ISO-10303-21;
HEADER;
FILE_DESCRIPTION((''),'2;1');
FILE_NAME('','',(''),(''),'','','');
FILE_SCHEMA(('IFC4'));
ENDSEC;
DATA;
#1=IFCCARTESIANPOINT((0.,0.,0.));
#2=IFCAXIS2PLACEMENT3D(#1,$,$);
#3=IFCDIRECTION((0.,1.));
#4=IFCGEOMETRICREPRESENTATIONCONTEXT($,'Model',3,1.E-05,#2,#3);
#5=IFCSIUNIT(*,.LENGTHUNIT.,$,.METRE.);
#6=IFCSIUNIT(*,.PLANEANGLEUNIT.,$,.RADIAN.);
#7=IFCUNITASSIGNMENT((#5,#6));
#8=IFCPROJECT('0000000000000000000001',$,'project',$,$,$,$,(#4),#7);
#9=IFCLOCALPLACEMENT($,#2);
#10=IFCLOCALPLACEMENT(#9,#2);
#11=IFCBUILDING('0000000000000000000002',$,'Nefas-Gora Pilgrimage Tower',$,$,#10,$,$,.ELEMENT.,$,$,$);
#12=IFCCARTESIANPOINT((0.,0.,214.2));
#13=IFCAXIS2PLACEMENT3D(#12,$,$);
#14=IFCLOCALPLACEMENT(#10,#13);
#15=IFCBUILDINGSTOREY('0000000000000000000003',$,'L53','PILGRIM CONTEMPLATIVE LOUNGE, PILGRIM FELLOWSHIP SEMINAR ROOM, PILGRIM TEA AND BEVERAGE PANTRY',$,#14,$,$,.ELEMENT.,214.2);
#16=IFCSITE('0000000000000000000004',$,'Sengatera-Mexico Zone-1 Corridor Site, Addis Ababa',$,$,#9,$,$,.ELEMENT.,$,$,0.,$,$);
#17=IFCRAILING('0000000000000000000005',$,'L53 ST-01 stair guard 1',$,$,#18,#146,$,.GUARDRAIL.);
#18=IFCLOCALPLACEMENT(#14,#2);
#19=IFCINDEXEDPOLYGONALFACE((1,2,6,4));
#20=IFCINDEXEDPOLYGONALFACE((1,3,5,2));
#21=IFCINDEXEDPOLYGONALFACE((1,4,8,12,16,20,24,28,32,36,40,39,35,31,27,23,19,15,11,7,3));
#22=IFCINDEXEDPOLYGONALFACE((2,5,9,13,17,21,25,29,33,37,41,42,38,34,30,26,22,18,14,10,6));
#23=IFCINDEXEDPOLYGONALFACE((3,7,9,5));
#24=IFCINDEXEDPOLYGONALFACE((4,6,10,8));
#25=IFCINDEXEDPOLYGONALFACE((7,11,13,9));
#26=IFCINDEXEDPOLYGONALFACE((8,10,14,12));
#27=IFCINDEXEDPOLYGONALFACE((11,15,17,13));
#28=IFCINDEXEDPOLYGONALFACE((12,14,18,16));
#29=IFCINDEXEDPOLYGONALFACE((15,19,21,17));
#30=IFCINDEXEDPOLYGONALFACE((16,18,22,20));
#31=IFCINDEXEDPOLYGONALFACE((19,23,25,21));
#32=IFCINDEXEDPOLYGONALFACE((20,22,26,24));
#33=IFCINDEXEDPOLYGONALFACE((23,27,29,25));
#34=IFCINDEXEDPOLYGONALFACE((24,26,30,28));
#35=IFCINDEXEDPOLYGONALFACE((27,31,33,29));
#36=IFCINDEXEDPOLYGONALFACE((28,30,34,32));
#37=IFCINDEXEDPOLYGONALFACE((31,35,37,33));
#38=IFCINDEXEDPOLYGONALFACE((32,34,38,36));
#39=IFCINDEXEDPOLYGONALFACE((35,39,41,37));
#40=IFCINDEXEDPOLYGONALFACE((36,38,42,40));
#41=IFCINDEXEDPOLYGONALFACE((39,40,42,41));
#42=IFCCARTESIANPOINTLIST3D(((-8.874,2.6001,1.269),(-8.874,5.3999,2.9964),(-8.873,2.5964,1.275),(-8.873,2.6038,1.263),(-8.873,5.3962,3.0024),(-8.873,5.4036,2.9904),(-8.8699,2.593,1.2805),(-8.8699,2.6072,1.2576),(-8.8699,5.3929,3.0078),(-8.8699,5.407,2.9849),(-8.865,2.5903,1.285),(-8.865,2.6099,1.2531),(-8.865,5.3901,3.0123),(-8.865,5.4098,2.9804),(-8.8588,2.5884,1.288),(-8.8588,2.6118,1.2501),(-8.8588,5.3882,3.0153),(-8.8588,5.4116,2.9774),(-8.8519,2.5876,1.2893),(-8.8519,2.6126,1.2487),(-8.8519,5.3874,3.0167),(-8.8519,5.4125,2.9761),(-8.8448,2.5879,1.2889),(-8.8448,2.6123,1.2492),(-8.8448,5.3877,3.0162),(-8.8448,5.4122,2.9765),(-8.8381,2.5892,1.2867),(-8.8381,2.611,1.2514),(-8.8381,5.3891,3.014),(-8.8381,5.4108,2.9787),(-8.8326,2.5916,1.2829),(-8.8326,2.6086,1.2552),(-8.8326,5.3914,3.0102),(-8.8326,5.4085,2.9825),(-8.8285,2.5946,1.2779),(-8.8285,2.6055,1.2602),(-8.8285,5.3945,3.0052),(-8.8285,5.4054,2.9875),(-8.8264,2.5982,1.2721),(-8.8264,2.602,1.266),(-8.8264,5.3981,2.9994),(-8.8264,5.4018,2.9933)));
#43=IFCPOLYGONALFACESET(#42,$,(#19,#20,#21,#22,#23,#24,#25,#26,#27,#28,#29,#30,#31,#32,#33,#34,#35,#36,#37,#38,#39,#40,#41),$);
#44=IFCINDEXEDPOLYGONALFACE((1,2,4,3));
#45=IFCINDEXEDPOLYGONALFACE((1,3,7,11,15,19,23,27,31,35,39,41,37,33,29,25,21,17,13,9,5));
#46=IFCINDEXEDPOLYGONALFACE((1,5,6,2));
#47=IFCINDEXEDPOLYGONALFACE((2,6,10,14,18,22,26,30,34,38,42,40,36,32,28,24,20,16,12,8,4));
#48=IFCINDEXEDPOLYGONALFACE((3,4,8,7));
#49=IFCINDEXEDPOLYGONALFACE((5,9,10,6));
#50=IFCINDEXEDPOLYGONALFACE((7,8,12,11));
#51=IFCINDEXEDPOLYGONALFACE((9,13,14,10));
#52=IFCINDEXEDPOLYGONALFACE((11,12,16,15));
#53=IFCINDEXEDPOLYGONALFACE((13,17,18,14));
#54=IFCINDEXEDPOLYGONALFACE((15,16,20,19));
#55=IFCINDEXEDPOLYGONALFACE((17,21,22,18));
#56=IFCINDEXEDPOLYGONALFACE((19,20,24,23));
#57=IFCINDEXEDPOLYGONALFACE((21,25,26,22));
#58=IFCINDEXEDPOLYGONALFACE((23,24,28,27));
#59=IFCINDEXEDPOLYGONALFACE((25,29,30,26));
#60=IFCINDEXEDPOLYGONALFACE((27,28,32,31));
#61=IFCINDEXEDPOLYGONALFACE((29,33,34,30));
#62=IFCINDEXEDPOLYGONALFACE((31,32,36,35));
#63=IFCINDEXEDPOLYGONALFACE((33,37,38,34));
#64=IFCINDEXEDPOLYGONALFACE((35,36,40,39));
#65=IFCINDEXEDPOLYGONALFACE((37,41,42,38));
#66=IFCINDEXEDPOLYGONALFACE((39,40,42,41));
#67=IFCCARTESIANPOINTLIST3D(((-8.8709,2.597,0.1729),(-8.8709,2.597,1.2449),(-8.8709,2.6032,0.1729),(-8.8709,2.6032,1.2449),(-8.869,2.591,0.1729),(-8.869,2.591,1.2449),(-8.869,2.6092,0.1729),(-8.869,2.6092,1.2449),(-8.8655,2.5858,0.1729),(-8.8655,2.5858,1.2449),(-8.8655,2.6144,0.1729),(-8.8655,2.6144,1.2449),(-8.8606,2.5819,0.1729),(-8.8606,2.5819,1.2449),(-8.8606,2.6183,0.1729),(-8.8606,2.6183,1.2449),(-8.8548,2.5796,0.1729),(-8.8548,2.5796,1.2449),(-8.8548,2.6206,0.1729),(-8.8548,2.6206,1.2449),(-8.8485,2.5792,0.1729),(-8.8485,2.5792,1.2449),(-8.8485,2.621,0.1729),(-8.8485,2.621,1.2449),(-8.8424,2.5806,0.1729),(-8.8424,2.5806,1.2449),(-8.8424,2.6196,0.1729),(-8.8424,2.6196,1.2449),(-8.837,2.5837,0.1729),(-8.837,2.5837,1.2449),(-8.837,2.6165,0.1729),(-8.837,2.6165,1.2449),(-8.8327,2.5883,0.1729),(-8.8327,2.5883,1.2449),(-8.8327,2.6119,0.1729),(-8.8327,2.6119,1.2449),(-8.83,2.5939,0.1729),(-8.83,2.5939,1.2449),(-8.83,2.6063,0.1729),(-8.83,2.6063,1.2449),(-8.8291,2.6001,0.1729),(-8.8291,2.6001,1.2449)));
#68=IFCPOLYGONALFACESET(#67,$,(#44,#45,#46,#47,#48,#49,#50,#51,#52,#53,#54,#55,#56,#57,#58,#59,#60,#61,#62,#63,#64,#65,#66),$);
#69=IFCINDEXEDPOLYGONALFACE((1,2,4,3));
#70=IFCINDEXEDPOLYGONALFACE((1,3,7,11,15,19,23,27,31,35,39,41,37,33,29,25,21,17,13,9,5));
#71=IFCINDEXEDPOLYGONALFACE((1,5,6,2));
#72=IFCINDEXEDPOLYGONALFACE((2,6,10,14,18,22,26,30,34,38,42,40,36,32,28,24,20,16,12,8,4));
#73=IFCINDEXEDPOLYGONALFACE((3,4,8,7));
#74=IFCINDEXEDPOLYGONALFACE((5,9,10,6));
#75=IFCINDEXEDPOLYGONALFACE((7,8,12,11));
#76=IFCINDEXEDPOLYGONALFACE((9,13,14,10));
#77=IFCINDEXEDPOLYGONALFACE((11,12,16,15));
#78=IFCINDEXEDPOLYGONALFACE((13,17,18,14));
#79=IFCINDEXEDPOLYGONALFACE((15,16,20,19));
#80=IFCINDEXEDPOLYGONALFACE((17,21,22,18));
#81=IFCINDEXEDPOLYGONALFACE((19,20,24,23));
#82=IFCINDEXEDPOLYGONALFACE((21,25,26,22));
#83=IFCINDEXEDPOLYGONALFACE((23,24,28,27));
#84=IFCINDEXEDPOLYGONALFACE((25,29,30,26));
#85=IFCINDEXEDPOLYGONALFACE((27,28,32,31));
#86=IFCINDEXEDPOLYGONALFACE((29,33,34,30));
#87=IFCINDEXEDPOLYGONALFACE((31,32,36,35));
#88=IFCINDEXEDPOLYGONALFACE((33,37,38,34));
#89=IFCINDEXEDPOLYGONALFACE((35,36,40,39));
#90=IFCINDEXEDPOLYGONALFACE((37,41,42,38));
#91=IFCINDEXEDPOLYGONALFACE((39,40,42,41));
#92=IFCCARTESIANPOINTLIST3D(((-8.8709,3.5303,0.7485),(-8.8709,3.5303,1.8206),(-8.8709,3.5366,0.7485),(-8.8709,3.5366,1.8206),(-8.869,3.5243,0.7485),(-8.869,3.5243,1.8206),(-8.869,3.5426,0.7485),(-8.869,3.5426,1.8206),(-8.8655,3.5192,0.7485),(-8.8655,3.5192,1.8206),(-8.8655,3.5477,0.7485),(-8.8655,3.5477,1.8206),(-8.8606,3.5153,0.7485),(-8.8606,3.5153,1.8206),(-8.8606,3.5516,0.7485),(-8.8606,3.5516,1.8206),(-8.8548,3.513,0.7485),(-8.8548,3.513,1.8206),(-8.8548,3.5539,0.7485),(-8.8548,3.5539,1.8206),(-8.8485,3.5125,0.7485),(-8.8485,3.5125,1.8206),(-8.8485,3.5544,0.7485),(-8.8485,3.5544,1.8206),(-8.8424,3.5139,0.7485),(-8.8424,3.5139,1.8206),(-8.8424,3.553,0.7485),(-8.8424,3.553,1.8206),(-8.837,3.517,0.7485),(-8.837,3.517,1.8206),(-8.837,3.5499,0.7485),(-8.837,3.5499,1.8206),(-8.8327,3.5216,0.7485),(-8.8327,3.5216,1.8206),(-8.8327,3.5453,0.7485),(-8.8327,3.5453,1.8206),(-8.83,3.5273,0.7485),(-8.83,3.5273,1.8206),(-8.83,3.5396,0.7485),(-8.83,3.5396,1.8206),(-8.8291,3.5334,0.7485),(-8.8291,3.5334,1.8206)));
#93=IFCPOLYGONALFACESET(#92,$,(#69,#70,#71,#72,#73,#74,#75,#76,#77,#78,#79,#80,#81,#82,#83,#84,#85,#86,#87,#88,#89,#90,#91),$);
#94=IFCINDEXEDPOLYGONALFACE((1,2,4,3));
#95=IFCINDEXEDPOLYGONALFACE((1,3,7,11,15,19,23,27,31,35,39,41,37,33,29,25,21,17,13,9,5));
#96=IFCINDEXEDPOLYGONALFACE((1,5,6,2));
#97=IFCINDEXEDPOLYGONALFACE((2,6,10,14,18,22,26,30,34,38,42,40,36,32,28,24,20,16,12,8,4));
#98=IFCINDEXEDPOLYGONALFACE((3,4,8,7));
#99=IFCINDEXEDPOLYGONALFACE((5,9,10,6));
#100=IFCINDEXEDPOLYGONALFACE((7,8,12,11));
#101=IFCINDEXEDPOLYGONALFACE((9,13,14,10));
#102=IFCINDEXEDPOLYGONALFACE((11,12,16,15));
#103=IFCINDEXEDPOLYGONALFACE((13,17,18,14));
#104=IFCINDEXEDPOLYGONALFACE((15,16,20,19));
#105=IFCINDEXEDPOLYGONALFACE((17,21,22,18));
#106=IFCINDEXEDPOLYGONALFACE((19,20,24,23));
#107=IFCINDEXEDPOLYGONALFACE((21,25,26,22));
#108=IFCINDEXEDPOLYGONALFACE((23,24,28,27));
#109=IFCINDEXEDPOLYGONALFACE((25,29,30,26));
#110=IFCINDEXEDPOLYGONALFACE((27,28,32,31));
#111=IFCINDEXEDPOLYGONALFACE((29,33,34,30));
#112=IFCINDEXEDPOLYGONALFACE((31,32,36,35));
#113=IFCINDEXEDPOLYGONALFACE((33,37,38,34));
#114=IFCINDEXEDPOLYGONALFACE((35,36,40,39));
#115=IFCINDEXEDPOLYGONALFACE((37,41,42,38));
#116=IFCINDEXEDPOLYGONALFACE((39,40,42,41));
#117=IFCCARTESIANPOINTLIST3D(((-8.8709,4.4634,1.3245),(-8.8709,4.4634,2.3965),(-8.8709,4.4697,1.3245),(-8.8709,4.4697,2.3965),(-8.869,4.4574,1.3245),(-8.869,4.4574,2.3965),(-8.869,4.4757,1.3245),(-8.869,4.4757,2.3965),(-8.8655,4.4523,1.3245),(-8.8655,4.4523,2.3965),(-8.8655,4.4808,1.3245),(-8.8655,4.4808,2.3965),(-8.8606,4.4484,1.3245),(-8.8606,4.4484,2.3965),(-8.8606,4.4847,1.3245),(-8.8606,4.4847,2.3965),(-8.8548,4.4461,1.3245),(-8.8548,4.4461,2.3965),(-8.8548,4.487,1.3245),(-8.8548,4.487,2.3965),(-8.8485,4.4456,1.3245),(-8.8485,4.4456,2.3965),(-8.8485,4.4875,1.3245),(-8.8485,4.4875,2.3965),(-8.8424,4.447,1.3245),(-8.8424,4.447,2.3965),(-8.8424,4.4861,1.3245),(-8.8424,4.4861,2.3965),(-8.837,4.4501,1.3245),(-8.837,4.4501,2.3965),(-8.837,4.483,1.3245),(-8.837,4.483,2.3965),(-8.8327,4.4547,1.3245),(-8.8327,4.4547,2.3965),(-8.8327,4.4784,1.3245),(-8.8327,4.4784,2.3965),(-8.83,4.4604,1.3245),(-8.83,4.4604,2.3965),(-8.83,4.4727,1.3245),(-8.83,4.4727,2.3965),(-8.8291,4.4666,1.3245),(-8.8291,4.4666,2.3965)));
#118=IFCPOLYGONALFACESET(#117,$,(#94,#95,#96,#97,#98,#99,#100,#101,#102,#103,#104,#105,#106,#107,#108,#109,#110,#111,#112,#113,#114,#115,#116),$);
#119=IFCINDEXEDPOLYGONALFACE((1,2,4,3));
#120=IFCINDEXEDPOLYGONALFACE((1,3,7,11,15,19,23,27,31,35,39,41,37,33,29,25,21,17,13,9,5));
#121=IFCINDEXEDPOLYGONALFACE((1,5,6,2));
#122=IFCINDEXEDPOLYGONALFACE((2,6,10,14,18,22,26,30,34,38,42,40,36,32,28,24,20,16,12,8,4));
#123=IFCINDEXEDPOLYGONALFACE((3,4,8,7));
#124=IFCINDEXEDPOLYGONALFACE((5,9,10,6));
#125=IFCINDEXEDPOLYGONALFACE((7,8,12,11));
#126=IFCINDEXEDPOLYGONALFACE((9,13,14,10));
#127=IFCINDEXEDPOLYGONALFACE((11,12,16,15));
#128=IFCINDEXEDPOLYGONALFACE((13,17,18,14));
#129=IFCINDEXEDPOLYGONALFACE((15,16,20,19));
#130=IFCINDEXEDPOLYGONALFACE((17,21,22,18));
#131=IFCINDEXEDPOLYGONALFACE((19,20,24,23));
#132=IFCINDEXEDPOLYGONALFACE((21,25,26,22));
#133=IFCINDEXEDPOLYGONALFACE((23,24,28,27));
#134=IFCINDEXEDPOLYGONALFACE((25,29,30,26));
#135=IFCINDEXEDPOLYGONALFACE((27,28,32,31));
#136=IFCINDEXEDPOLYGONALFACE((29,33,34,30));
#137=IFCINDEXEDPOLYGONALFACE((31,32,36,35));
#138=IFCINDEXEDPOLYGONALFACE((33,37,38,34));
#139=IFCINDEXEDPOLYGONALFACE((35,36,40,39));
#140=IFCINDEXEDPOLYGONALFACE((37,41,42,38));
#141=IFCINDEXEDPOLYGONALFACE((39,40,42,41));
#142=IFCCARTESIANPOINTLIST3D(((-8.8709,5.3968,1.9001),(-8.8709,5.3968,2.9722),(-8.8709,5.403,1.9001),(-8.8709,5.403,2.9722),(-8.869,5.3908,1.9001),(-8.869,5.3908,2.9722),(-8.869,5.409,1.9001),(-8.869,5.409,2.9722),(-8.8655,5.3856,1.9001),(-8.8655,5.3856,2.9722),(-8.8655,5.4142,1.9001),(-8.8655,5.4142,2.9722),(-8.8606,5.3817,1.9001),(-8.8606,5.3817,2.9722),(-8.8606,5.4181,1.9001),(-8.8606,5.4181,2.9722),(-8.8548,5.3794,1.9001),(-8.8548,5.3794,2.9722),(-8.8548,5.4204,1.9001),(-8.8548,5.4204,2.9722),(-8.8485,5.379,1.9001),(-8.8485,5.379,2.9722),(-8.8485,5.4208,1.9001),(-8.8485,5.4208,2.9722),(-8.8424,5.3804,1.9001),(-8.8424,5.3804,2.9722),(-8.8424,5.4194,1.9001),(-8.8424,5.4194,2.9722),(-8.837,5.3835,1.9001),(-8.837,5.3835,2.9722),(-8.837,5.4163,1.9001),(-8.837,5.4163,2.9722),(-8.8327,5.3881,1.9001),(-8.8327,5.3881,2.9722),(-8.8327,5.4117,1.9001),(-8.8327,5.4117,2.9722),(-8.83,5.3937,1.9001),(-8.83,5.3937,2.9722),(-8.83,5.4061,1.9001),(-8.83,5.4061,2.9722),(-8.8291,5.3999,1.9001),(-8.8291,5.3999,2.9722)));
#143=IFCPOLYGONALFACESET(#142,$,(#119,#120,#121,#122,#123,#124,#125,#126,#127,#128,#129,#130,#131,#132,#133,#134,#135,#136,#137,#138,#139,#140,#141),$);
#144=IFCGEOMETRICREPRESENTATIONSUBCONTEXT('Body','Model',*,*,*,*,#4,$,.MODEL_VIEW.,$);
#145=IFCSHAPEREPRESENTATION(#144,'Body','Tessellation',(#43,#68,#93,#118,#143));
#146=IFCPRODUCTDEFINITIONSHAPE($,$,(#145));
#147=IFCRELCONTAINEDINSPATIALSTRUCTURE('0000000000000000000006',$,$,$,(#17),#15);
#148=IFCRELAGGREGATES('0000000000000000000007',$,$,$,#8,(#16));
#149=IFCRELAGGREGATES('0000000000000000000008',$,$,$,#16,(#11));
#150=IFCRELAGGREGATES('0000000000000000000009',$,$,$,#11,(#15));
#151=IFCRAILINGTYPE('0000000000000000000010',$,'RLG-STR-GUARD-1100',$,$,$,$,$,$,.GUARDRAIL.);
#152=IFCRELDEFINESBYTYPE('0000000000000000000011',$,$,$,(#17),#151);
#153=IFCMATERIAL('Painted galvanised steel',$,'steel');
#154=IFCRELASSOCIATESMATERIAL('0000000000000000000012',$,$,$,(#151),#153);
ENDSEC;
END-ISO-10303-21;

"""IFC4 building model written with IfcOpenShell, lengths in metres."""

from ifc_helpers import new_model, si_unit, direction, frame, origin, origin_2d, place, context, subcontext, project, spatial, circle, extrude, material, type_object, element, save


model = new_model("IFC4")

# Units and contexts
model_context = context("Model", 3, precision=1e-05, world=origin(), true_north=direction((0.0, 1.0)))
body_context = subcontext(model_context, "Body", "Model", "MODEL_VIEW")
ifc_project = project(units=[si_unit("LENGTHUNIT", "METRE"), si_unit("PLANEANGLEUNIT", "RADIAN")], contexts=[model_context])

# Site, building, storey
site_placement = place(None, origin())
site = spatial("IfcSite", under=ifc_project, at=site_placement, Name="Sengatera-Mexico Zone-1 Corridor Site, Addis Ababa", CompositionType="ELEMENT", RefElevation=0.0)
building_placement = place(site_placement, origin())
building = spatial("IfcBuilding", under=site, at=building_placement, Name="Nefas-Gora Pilgrimage Tower", CompositionType="ELEMENT")
storey_placement = place(building_placement, frame((0.0, 0.0, 214.2)))
storey = spatial("IfcBuildingStorey", under=building, at=storey_placement, Name="L53", Description="PILGRIM CONTEMPLATIVE LOUNGE, PILGRIM FELLOWSHIP SEMINAR ROOM, PILGRIM TEA AND BEVERAGE PANTRY", CompositionType="ELEMENT", Elevation=214.2)

# Railing
ifc_material_1 = material(Name="Painted galvanised steel", Category="steel")
railing_type_1 = type_object("IfcRailingType", Name="RLG-STR-GUARD-1100", PredefinedType="GUARDRAIL", material=ifc_material_1)
railing_1_placement = place(storey_placement, frame((-8.8501, 2.6001, 0.1729)))
element("IfcRailing", 1, at=railing_1_placement, inside=storey, type_object=railing_type_1, Name="L53 ST-01 stair guard 1", PredefinedType="GUARDRAIL", context=body_context, shape_type="SweptSolid", body=[
    extrude(circle(Radius=0.0239, at=origin_2d()), frame((0.0, 0.0, 1.0962), z_axis=(0.0, 0.851069, 0.525054), x_axis=(-1.0, 0.0, 0.0)), (0.0, 0.0, 1.0), 3.2898),
    extrude(circle(Radius=0.021, at=origin_2d()), origin(), (0.0, 0.0, 1.0), 1.072),
    extrude(circle(Radius=0.021, at=origin_2d()), frame((0.0, 0.9333, 0.5757)), (0.0, 0.0, 1.0), 1.072),
    extrude(circle(Radius=0.021, at=origin_2d()), frame((0.0, 1.8665, 1.1516)), (0.0, 0.0, 1.0), 1.072),
    extrude(circle(Radius=0.021, at=origin_2d()), frame((0.0, 2.7998, 1.7273)), (0.0, 0.0, 1.0), 1.072),
])

save(model, "model.ifc")
